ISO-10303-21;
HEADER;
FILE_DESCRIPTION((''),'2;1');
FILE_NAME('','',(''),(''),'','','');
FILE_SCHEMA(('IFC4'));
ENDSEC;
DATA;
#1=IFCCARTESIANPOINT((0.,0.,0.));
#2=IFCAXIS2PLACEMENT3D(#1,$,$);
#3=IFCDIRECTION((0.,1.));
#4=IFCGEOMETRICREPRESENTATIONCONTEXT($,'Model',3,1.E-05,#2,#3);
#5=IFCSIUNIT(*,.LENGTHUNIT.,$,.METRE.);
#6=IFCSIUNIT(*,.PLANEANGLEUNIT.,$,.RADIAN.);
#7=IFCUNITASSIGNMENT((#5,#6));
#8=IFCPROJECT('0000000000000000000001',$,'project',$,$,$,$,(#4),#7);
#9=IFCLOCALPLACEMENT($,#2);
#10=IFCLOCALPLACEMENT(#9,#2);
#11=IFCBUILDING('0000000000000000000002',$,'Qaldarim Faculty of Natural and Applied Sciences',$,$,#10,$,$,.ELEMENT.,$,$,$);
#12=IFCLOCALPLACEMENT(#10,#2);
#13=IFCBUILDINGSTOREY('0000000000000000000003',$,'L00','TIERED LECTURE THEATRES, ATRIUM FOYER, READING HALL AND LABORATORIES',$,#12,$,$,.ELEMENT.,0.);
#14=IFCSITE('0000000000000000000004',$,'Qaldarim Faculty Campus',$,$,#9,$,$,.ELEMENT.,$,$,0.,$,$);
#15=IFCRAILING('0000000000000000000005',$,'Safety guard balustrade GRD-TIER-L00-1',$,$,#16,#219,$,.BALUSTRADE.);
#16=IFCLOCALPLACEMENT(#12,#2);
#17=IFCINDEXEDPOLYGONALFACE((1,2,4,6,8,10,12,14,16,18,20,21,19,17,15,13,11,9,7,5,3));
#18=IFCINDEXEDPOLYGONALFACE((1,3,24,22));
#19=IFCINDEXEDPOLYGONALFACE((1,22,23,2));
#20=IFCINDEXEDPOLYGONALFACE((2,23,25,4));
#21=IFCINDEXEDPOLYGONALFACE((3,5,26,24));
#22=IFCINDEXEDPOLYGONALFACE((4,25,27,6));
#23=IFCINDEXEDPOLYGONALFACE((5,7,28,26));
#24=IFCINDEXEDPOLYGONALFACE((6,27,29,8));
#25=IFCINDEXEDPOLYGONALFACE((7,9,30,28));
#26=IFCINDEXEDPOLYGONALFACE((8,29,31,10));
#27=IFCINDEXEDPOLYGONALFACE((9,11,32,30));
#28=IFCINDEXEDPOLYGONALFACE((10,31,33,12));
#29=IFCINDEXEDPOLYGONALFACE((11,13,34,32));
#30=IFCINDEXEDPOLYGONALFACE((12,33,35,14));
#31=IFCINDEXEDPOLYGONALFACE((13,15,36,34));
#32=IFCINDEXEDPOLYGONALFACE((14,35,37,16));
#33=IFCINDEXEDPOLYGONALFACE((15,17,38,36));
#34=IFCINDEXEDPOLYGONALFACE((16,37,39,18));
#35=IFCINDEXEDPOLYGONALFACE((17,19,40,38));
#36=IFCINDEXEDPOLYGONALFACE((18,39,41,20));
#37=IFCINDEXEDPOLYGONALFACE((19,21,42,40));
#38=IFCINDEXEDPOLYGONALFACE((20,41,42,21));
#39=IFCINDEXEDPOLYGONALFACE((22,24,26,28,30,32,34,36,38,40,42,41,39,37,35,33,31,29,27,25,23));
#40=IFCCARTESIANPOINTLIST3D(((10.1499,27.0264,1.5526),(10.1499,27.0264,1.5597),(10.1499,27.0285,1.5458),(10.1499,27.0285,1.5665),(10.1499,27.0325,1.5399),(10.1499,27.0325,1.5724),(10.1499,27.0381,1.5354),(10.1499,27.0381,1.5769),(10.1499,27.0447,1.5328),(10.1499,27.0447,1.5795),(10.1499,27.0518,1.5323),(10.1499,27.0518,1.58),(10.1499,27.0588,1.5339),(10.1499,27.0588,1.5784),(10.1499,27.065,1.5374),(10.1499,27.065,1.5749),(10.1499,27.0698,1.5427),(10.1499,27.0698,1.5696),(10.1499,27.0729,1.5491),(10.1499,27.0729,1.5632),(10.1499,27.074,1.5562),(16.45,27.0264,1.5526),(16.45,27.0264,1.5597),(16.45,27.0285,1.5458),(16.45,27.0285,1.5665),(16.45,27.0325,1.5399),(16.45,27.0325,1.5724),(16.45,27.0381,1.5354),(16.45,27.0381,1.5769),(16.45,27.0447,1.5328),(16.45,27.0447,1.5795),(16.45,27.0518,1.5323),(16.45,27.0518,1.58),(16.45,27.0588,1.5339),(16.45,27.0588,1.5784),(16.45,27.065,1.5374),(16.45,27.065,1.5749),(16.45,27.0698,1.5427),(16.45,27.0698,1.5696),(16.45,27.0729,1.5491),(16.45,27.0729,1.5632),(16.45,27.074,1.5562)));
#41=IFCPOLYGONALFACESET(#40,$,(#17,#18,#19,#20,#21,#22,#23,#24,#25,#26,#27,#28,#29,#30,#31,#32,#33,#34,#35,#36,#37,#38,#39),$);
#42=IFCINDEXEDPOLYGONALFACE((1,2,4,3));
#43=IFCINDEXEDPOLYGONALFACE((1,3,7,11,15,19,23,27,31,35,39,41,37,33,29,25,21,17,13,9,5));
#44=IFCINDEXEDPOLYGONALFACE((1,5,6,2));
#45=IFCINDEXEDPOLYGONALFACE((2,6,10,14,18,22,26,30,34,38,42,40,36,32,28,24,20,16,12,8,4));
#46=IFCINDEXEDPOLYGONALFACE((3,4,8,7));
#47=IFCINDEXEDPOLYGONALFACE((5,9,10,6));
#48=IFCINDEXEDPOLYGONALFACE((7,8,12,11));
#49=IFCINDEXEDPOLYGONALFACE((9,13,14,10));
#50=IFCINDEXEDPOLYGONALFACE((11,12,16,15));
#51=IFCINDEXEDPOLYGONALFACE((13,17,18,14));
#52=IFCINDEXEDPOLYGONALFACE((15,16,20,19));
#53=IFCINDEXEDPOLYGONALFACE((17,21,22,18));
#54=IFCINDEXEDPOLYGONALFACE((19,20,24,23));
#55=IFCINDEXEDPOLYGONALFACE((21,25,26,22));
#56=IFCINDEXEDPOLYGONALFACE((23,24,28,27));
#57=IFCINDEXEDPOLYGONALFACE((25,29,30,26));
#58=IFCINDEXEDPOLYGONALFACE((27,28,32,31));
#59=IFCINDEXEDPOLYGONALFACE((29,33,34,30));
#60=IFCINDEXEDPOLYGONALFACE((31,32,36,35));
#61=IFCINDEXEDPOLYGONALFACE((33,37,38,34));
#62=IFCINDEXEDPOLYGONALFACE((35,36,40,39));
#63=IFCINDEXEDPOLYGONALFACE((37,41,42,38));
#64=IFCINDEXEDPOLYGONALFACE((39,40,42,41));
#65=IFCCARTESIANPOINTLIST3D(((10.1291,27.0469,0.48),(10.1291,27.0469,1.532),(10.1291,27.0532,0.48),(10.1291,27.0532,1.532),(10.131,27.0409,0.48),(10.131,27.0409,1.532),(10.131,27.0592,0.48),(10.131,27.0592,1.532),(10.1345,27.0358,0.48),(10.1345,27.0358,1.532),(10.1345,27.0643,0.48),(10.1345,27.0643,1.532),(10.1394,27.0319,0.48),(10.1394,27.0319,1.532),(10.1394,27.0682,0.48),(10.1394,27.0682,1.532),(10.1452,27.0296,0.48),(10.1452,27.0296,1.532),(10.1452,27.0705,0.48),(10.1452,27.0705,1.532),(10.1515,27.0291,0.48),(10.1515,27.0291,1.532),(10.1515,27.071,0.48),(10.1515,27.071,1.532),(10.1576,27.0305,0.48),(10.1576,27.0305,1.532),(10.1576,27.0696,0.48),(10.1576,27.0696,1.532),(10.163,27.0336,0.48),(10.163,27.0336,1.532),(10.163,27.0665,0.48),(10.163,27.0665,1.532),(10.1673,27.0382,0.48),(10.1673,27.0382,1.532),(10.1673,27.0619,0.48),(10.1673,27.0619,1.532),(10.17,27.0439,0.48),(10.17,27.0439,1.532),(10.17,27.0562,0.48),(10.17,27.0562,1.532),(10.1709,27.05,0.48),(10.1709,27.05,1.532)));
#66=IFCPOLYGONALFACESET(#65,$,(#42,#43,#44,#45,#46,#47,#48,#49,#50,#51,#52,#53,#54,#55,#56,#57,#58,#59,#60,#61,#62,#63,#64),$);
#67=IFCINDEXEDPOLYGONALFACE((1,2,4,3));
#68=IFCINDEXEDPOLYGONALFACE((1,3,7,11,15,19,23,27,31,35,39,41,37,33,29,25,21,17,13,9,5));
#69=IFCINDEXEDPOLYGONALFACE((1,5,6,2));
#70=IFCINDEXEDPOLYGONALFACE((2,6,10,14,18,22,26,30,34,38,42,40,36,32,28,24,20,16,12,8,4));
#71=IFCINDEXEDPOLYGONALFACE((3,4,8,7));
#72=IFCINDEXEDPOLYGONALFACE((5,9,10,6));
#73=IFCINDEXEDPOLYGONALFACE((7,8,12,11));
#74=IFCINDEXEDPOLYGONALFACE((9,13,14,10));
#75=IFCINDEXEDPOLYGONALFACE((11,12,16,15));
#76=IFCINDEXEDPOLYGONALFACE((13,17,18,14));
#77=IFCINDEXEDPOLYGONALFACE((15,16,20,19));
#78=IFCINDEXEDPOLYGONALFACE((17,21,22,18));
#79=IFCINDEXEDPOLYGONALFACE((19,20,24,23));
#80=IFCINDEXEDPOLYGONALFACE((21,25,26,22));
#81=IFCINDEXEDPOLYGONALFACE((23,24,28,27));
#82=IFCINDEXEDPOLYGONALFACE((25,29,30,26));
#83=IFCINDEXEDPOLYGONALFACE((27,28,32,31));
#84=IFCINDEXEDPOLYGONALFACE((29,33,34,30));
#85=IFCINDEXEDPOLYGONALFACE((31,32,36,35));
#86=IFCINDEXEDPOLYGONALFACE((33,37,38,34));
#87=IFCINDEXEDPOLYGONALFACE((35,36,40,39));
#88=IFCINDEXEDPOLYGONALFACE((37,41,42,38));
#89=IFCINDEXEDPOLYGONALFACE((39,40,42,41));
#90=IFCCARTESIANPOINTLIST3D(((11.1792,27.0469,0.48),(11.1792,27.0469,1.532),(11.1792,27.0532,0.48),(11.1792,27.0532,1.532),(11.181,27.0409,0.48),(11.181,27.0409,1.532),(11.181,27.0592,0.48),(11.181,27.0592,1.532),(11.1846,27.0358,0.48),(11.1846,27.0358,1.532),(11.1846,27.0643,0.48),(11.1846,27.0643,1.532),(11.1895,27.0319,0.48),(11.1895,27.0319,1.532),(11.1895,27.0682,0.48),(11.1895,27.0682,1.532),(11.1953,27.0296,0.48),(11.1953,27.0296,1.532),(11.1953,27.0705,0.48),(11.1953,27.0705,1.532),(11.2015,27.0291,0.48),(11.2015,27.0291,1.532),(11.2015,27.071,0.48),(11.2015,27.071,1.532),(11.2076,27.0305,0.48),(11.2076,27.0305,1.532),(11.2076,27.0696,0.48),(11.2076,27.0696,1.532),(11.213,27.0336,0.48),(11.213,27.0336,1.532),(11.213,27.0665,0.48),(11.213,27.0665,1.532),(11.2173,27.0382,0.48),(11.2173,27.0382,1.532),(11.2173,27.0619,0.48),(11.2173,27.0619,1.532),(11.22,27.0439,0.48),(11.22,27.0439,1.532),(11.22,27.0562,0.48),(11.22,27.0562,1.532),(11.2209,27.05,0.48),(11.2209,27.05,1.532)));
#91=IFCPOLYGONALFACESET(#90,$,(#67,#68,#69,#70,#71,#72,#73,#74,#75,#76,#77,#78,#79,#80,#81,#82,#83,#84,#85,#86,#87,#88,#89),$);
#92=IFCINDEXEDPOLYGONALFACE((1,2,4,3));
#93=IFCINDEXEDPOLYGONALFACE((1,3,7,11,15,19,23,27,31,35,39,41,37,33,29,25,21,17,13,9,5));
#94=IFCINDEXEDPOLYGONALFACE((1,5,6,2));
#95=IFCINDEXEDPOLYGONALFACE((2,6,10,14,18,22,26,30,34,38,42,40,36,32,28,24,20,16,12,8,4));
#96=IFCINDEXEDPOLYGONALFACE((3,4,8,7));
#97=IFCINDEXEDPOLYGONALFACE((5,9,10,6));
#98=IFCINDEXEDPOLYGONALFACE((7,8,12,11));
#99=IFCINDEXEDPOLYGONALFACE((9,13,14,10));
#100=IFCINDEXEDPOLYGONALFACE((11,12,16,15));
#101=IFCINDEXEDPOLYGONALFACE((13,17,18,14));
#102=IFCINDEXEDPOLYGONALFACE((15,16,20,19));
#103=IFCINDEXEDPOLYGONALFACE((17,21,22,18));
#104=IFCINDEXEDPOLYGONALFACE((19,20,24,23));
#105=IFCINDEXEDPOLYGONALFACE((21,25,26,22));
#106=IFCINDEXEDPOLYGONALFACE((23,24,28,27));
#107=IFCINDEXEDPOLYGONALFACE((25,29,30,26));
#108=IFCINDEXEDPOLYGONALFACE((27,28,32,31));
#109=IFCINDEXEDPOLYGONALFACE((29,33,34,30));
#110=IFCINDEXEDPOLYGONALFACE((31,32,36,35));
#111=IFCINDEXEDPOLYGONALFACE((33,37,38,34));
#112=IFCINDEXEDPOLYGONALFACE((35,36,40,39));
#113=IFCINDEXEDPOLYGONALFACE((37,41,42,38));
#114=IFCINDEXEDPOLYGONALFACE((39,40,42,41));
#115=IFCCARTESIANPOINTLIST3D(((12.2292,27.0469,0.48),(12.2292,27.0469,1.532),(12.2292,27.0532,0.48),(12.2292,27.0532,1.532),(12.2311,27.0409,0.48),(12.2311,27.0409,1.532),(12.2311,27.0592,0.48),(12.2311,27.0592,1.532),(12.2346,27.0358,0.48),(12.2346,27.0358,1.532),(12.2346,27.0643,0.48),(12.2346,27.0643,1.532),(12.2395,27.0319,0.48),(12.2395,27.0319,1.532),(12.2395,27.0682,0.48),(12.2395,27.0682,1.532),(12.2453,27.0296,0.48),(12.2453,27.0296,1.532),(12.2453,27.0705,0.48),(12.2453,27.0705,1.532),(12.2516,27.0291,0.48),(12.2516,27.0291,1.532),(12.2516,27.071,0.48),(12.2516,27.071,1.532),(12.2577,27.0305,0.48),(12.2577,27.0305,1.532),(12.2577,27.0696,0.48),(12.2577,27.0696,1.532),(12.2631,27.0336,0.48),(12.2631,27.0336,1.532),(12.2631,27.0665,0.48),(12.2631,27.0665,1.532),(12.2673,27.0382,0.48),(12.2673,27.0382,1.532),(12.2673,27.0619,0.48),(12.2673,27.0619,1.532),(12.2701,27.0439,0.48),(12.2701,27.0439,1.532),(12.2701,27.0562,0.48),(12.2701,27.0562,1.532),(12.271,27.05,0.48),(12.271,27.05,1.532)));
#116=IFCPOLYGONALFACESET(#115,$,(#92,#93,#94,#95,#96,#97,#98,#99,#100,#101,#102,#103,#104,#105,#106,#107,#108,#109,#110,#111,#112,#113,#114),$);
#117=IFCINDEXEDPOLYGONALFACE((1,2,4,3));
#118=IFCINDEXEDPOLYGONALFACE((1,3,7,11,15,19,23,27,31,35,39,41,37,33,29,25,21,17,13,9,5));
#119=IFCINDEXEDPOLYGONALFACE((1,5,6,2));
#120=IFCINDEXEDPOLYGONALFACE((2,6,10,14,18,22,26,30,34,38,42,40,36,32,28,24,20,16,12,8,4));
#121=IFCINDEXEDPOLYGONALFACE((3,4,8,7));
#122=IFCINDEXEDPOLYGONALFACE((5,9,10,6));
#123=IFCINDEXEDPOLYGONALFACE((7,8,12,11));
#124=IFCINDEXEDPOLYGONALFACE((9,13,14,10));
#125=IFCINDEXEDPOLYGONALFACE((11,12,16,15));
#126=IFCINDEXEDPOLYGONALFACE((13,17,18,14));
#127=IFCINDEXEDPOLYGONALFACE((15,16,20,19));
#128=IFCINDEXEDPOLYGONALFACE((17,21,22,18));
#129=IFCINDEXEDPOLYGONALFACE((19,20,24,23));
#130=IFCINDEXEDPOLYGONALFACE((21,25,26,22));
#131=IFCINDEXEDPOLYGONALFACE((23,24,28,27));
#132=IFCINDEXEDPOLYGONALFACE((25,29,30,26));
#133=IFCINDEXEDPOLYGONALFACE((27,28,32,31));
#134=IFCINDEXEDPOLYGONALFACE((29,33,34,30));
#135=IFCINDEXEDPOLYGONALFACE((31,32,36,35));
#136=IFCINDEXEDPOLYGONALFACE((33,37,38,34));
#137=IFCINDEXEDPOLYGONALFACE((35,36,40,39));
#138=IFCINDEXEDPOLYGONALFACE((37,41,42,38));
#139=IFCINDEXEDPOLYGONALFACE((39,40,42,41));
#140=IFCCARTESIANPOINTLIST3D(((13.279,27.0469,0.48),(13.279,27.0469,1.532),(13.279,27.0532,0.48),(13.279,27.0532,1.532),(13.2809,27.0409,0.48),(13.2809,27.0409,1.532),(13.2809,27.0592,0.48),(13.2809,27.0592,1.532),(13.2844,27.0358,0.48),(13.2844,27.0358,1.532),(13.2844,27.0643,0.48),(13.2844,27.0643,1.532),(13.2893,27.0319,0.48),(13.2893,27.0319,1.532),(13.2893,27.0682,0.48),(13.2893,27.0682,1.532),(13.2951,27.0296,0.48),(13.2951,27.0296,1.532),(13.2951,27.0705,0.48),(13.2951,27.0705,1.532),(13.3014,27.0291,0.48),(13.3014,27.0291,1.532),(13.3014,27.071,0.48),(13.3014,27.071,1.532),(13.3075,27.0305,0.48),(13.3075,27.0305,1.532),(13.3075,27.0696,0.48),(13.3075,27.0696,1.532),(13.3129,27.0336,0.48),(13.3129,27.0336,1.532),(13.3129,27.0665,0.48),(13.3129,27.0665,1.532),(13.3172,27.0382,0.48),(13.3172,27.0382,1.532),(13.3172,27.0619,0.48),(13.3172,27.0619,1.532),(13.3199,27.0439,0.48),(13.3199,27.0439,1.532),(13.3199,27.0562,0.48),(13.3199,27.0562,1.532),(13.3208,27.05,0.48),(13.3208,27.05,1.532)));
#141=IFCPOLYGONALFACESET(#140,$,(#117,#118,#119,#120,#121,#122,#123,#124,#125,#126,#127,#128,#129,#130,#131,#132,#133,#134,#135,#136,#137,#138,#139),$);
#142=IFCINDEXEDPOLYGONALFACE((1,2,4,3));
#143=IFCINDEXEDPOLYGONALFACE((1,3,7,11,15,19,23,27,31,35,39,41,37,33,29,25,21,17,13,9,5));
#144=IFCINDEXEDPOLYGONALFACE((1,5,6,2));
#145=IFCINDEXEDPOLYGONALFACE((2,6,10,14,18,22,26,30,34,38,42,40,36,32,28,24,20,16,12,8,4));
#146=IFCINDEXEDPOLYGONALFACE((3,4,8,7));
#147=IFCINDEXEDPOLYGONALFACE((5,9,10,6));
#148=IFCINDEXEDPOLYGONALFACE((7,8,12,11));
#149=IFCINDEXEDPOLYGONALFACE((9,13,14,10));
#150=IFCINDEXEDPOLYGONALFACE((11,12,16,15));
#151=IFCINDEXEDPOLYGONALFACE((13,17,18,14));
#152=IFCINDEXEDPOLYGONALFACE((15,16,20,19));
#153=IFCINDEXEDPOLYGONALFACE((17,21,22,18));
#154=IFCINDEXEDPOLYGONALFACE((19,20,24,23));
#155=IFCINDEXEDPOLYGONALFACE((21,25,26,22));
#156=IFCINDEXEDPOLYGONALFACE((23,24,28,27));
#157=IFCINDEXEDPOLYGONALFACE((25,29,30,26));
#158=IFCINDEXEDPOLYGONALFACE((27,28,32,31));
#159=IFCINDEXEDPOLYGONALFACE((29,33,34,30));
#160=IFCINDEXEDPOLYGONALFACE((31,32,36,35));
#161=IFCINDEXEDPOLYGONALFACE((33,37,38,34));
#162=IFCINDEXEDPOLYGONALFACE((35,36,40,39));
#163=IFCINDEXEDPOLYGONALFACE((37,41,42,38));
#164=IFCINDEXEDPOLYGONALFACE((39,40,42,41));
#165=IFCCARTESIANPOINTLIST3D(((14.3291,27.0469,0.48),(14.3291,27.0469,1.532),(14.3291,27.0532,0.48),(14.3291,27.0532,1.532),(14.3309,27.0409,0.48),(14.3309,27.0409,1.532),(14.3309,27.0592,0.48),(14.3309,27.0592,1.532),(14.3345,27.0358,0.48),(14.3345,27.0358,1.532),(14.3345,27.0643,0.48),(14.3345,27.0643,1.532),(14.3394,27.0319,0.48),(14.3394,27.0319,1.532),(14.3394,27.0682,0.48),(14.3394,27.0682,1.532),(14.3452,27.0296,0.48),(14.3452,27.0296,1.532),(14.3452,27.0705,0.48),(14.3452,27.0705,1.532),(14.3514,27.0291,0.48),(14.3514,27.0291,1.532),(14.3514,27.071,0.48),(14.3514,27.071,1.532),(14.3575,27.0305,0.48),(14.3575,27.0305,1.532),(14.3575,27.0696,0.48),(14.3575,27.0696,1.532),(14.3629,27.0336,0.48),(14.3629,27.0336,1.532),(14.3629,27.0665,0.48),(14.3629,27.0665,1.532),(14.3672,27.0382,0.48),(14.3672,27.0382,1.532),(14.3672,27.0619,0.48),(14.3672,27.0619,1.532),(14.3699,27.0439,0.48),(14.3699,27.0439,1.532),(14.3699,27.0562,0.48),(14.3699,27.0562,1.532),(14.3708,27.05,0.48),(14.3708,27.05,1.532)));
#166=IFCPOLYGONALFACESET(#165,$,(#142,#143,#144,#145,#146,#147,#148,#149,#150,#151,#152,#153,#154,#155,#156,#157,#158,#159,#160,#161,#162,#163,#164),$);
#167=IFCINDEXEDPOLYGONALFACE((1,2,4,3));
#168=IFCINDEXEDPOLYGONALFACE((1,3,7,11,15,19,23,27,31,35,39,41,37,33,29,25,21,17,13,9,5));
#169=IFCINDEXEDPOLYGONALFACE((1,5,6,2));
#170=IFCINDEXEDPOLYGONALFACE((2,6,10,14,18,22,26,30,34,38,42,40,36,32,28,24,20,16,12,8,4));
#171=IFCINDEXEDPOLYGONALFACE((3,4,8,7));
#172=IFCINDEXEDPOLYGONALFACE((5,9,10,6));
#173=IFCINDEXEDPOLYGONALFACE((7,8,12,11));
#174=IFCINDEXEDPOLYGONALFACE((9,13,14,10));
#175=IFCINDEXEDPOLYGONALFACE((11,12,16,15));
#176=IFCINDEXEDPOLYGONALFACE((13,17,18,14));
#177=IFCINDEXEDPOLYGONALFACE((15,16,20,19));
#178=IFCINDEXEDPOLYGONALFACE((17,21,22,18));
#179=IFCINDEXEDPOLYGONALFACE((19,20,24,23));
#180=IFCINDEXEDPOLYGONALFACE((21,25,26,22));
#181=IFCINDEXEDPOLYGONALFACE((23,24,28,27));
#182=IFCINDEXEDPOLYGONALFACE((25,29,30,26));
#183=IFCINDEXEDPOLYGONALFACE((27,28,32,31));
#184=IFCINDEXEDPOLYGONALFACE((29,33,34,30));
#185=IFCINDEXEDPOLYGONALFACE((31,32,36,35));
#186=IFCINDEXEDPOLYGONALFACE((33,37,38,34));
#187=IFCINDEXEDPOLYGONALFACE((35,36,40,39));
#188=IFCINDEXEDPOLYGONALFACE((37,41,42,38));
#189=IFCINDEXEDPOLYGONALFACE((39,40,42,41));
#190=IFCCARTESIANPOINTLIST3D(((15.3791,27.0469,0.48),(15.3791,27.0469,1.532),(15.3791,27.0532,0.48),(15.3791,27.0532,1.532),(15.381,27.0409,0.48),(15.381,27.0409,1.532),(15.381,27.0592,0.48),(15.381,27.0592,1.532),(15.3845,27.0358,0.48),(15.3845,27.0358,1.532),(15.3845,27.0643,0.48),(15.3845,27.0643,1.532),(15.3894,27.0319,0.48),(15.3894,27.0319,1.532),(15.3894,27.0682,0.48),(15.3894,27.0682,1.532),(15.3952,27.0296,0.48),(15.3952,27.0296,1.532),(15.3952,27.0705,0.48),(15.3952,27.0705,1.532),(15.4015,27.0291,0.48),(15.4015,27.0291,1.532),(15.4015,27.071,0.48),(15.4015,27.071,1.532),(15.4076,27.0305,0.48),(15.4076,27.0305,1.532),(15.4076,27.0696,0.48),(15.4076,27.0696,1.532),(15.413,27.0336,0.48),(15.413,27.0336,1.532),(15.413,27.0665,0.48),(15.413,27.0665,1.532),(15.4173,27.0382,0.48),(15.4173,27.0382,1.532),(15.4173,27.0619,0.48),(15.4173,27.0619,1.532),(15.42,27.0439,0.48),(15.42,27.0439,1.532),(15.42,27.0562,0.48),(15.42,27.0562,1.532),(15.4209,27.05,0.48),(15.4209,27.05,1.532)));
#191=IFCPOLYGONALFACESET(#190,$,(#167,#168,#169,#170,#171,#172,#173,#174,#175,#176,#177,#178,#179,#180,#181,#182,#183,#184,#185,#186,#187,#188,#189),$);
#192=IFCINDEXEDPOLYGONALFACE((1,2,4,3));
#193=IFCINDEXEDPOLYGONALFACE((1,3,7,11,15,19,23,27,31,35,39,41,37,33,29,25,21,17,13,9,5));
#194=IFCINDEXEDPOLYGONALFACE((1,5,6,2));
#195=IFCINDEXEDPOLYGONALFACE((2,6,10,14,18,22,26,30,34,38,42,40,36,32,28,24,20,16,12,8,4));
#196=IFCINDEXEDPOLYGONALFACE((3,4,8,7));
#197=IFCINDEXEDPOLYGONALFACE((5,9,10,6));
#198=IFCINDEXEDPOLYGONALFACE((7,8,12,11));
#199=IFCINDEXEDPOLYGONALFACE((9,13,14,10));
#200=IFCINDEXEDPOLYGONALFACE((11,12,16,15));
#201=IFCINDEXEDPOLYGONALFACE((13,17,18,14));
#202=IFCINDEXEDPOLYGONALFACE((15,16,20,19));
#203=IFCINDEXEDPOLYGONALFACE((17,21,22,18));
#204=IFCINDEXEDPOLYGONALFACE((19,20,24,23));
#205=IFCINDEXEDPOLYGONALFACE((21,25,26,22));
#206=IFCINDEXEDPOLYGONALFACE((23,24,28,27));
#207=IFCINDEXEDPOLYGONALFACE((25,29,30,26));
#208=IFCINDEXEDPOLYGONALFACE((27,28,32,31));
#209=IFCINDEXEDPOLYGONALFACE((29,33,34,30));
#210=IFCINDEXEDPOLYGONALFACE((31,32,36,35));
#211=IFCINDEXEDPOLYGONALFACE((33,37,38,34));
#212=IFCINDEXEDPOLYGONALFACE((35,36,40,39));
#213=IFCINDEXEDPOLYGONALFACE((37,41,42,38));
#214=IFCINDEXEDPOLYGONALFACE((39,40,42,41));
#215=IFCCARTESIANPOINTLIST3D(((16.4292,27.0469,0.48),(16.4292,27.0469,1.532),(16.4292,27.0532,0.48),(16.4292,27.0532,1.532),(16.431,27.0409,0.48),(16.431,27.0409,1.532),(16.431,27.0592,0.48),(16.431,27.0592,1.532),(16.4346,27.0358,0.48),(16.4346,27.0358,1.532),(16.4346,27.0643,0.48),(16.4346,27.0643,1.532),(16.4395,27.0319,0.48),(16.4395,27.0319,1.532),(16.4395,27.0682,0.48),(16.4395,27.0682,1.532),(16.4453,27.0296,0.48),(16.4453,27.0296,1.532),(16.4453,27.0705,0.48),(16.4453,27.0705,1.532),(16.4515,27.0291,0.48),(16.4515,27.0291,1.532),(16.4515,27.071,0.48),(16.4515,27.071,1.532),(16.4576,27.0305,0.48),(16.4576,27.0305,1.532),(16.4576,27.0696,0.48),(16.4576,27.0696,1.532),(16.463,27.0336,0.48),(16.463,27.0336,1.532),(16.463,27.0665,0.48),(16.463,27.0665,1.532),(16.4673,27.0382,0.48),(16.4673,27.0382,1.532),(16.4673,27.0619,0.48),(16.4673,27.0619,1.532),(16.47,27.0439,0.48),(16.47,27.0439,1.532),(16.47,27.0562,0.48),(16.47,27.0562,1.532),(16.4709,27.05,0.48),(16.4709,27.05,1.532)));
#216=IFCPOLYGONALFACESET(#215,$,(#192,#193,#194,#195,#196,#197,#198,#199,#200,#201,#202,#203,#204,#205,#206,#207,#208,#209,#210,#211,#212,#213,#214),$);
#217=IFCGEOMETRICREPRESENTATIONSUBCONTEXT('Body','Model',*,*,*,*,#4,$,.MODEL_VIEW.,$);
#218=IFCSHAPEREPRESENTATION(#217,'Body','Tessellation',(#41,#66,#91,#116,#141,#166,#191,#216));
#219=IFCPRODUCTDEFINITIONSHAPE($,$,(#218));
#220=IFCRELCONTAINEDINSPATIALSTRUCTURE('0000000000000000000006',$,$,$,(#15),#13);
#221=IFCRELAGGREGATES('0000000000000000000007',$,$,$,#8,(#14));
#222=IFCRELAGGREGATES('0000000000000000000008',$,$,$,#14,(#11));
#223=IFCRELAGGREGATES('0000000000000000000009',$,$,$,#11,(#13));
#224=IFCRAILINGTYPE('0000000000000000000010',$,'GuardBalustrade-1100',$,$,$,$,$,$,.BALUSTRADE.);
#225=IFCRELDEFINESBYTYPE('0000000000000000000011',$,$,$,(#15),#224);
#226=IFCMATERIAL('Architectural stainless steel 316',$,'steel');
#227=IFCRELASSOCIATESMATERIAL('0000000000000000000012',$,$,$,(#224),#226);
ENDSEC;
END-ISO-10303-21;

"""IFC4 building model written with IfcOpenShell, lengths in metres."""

from ifc_helpers import new_model, si_unit, direction, frame, origin, origin_2d, place, context, subcontext, project, spatial, circle, extrude, material, type_object, element, save


model = new_model("IFC4")

# Units and contexts
model_context = context("Model", 3, precision=1e-05, world=origin(), true_north=direction((0.0, 1.0)))
body_context = subcontext(model_context, "Body", "Model", "MODEL_VIEW")
ifc_project = project(units=[si_unit("LENGTHUNIT", "METRE"), si_unit("PLANEANGLEUNIT", "RADIAN")], contexts=[model_context])

# Site, building, storey
site_placement = place(None, origin())
site = spatial("IfcSite", under=ifc_project, at=site_placement, Name="Qaldarim Faculty Campus", CompositionType="ELEMENT", RefElevation=0.0)
building_placement = place(site_placement, origin())
building = spatial("IfcBuilding", under=site, at=building_placement, Name="Qaldarim Faculty of Natural and Applied Sciences", CompositionType="ELEMENT")
storey_placement = place(building_placement, origin())
storey = spatial("IfcBuildingStorey", under=building, at=storey_placement, Name="L00", Description="TIERED LECTURE THEATRES, ATRIUM FOYER, READING HALL AND LABORATORIES", CompositionType="ELEMENT", Elevation=0.0)

# Railing
ifc_material_1 = material(Name="Architectural stainless steel 316", Category="steel")
railing_type = type_object("IfcRailingType", Name="GuardBalustrade-1100", PredefinedType="BALUSTRADE", material=ifc_material_1)
railing_placement = place(storey_placement, frame((10.1499, 27.05, 0.48)))
element("IfcRailing", 1, at=railing_placement, inside=storey, type_object=railing_type, Name="Safety guard balustrade GRD-TIER-L00-1", PredefinedType="BALUSTRADE", context=body_context, shape_type="SweptSolid", body=[
    extrude(circle(Radius=0.0239, at=origin_2d()), frame((0.0, 0.0, 1.0762), z_axis=(1.0, 0.0, 0.0), x_axis=(0.0, 1.0, 0.0)), (0.0, 0.0, 1.0), 6.3),
    extrude(circle(Radius=0.021, at=origin_2d()), origin(), (0.0, 0.0, 1.0), 1.052),
    extrude(circle(Radius=0.021, at=origin_2d()), frame((1.05, 0.0, 0.0)), (0.0, 0.0, 1.0), 1.052),
    extrude(circle(Radius=0.021, at=origin_2d()), frame((2.1001, 0.0, 0.0)), (0.0, 0.0, 1.0), 1.052),
    extrude(circle(Radius=0.021, at=origin_2d()), frame((3.1499, 0.0, 0.0)), (0.0, 0.0, 1.0), 1.052),
    extrude(circle(Radius=0.021, at=origin_2d()), frame((4.2, 0.0, 0.0)), (0.0, 0.0, 1.0), 1.052),
    extrude(circle(Radius=0.021, at=origin_2d()), frame((5.25, 0.0, 0.0)), (0.0, 0.0, 1.0), 1.052),
    extrude(circle(Radius=0.021, at=origin_2d()), frame((6.3, 0.0, 0.0)), (0.0, 0.0, 1.0), 1.052),
])

save(model, "model.ifc")
